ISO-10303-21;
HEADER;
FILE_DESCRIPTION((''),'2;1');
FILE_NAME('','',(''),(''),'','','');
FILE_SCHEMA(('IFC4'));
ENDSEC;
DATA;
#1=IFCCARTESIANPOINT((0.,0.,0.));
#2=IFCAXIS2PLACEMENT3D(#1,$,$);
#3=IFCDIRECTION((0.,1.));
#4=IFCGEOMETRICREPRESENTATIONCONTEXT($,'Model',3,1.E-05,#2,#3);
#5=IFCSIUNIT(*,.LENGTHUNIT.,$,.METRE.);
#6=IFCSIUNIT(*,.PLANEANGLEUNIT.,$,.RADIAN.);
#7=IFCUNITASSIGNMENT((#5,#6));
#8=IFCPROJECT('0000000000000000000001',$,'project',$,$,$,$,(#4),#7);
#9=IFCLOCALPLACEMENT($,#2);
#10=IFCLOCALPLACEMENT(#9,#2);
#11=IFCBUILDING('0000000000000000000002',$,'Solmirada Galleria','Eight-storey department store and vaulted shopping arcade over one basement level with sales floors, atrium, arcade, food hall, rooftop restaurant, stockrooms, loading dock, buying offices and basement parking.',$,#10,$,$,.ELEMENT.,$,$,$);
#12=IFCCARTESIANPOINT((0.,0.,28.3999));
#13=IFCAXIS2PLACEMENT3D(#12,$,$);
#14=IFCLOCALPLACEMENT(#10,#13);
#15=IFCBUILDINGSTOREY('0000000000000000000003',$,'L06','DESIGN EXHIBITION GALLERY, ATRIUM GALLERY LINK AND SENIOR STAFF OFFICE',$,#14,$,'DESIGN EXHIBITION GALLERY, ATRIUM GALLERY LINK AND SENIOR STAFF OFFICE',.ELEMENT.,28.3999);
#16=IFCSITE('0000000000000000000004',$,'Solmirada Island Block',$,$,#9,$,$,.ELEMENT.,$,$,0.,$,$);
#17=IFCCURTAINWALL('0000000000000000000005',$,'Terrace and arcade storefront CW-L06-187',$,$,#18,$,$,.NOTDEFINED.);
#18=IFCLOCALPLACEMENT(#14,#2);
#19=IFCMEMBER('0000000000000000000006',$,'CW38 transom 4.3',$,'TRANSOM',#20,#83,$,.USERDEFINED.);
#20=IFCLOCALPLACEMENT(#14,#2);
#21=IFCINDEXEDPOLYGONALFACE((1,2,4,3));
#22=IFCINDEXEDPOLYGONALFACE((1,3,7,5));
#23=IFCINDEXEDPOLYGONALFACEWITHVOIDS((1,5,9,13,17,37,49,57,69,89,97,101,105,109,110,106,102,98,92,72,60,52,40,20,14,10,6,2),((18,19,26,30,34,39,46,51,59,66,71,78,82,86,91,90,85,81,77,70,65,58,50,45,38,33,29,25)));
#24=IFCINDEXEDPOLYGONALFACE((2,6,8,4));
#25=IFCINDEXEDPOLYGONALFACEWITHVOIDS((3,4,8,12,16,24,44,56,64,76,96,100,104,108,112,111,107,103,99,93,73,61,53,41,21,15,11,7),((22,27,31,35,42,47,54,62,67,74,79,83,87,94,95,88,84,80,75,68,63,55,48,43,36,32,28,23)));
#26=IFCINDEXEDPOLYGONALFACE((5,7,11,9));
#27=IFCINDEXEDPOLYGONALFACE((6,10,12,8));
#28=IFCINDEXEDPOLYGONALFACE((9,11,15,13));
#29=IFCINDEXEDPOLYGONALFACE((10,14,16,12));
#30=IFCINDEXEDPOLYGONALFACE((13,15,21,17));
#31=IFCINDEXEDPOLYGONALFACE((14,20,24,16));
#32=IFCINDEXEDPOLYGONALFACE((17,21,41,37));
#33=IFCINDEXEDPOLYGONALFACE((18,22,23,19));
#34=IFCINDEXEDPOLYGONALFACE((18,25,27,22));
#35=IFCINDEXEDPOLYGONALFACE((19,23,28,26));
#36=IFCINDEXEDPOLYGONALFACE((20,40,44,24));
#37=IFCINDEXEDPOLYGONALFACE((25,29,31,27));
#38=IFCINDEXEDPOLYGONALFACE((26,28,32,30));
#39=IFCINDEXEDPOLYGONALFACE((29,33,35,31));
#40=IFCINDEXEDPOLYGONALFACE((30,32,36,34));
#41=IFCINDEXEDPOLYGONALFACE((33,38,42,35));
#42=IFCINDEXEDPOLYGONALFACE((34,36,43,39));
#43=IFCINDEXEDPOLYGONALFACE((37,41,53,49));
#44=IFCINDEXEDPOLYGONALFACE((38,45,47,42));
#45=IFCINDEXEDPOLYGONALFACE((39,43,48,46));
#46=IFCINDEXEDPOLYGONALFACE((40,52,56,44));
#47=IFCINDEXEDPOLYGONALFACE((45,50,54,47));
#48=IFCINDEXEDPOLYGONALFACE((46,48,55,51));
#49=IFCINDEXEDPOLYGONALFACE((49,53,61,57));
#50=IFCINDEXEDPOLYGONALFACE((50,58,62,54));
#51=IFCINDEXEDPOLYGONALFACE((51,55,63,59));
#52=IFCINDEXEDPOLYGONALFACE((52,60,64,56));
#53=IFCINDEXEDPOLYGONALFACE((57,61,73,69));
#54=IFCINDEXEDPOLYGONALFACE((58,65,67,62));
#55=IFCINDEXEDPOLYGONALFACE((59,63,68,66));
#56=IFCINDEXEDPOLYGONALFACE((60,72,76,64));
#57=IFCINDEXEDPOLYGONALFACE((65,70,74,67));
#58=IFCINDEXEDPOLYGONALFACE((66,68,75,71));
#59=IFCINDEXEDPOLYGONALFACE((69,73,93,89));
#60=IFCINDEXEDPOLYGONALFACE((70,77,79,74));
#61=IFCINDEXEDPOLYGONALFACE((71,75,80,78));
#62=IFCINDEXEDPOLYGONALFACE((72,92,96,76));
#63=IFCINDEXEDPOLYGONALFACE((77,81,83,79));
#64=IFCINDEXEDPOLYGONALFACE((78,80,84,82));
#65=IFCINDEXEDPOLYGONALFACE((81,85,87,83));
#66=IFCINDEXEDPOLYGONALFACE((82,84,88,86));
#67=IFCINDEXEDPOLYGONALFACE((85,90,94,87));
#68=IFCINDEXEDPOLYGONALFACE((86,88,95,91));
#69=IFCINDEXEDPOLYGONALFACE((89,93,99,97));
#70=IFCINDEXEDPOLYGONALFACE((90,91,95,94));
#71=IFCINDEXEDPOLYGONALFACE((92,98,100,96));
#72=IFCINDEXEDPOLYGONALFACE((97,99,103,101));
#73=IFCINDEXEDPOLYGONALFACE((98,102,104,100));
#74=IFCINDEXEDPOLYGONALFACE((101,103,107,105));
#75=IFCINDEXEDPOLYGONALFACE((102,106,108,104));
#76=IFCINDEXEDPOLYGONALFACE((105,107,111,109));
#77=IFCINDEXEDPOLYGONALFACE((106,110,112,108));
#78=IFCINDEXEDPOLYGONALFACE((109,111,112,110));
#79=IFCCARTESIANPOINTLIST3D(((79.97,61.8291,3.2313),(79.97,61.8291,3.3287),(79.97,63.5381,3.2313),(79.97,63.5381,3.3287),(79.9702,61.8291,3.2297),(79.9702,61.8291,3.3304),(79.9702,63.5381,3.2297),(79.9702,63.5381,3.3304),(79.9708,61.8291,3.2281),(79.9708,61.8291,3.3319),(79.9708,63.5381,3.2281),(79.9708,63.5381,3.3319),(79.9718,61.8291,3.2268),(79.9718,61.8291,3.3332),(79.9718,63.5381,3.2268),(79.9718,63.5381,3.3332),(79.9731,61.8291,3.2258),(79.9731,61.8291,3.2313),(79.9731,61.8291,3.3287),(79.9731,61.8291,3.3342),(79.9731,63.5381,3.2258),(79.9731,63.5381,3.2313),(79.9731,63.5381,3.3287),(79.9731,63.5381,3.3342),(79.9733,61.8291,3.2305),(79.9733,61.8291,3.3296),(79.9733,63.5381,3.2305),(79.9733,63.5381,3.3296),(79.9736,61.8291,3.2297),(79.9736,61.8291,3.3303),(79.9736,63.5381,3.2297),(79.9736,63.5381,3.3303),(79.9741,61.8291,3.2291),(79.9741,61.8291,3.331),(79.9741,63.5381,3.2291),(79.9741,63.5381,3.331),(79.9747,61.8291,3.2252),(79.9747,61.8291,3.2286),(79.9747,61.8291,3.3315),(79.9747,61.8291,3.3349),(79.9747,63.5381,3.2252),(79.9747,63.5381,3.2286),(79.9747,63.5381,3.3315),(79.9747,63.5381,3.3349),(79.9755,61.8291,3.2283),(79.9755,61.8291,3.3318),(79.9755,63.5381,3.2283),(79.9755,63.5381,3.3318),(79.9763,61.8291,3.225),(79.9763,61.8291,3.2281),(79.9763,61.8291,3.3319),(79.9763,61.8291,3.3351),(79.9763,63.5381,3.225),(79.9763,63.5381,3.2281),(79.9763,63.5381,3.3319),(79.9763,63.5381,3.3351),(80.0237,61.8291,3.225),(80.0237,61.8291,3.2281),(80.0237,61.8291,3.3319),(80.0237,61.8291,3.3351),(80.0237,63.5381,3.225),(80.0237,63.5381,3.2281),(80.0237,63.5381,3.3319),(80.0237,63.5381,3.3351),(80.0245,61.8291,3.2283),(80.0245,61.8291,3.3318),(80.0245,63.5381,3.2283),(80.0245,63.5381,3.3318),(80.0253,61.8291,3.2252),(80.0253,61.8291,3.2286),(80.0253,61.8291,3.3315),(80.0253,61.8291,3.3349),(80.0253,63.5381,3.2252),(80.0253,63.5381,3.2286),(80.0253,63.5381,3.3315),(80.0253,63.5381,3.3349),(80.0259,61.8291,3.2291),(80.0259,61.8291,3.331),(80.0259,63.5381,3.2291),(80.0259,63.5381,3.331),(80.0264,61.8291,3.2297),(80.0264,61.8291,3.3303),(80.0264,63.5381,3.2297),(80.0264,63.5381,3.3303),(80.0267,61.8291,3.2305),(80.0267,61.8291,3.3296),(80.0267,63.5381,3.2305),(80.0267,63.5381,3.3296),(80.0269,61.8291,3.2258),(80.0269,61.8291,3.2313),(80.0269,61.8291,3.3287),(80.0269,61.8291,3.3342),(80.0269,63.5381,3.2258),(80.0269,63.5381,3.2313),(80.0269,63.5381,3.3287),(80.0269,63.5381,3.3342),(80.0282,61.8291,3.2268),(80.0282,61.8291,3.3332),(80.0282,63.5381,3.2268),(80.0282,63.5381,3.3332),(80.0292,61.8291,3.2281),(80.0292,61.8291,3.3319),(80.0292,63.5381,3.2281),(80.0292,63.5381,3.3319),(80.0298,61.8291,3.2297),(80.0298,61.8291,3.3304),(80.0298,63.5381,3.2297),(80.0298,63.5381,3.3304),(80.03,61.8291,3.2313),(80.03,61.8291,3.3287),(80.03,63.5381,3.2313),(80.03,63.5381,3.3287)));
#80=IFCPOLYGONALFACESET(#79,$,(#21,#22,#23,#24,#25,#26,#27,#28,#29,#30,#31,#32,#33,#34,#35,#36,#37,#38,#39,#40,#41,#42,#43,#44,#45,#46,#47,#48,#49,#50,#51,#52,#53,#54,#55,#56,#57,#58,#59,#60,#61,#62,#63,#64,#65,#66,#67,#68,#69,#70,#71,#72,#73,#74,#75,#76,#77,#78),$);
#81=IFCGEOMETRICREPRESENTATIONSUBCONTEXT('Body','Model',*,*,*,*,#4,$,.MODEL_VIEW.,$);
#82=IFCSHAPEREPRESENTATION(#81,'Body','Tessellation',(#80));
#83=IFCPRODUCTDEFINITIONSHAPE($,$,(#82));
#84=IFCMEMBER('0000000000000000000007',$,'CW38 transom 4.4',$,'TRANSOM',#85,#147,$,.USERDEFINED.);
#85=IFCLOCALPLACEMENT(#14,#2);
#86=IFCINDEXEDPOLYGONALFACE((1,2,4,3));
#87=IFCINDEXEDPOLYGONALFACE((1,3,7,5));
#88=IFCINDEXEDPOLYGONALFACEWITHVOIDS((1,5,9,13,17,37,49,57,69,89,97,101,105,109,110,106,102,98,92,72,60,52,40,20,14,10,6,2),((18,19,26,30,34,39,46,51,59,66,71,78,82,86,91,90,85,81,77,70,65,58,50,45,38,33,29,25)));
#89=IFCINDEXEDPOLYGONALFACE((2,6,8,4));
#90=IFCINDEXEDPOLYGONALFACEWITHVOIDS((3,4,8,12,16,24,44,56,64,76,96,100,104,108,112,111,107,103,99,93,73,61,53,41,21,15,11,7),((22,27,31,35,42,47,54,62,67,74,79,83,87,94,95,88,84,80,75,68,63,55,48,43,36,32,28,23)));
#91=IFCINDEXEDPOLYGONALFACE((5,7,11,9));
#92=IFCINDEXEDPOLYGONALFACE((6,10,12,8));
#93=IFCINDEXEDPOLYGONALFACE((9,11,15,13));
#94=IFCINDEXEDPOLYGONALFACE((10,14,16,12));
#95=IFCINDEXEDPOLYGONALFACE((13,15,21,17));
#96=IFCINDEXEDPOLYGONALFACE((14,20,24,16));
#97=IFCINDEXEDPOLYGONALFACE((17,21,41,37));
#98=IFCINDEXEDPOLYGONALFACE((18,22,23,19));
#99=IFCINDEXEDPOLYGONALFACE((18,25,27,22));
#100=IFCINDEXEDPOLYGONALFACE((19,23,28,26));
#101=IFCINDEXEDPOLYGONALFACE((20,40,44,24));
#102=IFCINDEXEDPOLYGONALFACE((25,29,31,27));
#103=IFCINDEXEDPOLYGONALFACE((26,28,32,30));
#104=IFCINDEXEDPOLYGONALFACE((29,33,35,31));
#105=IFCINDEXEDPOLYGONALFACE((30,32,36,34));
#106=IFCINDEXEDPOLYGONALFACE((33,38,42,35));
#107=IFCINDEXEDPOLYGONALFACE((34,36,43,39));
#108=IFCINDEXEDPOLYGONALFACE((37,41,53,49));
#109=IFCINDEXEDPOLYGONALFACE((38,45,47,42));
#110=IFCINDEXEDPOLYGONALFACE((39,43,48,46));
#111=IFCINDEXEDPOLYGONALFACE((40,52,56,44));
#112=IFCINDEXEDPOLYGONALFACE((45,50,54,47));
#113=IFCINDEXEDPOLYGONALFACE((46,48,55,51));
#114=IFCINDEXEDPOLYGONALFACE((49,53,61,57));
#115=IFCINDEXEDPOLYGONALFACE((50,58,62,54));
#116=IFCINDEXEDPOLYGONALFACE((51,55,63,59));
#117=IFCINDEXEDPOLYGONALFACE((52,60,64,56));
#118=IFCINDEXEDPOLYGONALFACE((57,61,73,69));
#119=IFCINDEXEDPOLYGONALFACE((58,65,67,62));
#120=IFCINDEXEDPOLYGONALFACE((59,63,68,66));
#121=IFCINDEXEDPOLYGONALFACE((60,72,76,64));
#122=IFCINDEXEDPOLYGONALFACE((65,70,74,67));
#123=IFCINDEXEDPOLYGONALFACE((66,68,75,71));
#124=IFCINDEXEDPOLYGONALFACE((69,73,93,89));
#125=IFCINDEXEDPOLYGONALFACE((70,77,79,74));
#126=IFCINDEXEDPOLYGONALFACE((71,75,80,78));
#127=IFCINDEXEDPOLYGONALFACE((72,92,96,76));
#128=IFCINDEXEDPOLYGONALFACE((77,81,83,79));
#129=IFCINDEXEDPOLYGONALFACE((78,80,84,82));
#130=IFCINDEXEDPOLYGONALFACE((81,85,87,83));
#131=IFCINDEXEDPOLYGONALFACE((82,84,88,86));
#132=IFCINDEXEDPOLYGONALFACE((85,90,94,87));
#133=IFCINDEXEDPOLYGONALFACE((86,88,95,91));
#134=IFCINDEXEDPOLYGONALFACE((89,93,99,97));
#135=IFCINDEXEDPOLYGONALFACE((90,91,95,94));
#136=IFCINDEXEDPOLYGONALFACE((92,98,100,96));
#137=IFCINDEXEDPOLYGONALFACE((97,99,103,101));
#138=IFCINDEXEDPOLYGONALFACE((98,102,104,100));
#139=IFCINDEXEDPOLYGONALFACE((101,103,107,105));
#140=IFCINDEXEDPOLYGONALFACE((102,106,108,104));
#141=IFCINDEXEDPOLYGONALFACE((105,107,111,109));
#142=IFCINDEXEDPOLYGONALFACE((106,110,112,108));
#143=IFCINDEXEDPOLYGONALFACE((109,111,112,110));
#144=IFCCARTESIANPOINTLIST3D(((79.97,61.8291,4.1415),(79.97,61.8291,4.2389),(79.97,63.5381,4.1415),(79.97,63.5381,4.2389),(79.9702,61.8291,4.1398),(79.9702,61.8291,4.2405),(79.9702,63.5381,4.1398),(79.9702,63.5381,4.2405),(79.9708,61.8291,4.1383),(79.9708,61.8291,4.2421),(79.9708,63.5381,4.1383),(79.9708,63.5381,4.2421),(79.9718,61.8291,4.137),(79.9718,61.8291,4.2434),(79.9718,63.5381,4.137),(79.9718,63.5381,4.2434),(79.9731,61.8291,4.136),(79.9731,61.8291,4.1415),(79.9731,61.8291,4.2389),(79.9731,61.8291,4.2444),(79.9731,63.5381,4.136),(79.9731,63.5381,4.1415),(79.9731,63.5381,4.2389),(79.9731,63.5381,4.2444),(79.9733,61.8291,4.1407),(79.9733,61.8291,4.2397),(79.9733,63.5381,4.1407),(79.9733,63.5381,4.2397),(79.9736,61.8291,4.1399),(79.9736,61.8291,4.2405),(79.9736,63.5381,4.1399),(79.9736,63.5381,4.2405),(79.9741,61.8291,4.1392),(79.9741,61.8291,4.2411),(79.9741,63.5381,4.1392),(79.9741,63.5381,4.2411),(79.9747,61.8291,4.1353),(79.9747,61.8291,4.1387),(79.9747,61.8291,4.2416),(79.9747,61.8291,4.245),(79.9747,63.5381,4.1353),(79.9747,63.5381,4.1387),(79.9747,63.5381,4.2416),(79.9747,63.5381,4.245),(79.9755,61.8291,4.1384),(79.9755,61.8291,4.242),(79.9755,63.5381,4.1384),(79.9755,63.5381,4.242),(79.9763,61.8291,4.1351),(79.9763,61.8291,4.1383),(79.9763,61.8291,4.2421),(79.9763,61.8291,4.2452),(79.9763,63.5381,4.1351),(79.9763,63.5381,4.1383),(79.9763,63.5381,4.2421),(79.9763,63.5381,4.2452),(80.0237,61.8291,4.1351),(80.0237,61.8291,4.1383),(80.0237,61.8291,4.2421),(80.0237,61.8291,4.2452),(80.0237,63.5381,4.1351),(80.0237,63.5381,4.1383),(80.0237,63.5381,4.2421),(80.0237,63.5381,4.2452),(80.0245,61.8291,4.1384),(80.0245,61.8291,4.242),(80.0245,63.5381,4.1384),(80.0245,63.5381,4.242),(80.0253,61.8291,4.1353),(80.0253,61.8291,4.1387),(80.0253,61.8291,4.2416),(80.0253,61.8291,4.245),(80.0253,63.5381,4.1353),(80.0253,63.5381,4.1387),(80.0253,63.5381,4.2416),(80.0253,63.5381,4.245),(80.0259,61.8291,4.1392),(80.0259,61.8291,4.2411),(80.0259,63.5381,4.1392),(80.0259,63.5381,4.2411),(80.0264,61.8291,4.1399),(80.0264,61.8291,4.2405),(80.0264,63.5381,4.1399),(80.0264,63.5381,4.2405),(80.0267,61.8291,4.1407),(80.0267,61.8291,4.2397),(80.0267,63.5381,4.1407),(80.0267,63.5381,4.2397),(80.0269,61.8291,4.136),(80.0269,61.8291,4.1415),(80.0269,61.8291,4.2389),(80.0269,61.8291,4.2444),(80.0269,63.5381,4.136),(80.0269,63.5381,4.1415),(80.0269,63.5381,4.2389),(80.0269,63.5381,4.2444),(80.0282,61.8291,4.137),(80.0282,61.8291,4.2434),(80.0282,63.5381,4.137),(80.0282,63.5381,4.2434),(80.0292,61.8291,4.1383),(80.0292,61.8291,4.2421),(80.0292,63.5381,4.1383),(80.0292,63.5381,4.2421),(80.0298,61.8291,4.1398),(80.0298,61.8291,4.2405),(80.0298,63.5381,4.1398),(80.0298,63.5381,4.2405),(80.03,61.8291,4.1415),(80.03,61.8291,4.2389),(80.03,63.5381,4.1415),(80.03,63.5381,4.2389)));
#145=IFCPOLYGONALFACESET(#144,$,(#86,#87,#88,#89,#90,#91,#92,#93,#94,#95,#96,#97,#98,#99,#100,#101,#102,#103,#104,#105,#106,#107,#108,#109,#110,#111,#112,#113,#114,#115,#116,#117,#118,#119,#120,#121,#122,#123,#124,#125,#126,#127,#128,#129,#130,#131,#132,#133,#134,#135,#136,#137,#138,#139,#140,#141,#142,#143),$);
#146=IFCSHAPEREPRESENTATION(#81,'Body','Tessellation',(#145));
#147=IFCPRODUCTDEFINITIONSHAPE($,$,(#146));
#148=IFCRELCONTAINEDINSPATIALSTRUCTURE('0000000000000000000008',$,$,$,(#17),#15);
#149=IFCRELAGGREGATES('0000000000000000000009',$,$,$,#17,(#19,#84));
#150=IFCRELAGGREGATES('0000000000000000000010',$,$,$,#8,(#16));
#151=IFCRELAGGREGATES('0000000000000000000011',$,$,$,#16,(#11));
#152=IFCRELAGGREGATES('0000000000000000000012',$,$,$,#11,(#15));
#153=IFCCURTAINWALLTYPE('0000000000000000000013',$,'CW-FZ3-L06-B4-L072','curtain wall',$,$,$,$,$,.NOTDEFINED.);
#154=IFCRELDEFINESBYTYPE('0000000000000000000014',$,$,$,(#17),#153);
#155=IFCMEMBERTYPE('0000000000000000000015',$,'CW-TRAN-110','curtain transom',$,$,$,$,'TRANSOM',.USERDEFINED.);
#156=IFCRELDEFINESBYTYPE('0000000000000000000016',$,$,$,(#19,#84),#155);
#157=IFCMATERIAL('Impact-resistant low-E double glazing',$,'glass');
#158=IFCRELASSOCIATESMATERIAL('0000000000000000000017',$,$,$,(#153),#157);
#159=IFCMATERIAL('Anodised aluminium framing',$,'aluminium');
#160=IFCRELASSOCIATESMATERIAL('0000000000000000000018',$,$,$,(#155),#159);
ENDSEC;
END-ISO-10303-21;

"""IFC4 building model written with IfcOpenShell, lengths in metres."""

from ifc_helpers import new_model, si_unit, direction, frame, origin, origin_2d, place, context, subcontext, project, spatial, hollow_rectangle, extrude, material, material_profile, profile_set, type_object, element, aggregate, save


model = new_model("IFC4")

# Units and contexts
model_context = context("Model", 3, precision=1e-05, world=origin(), true_north=direction((0.0, 1.0)))
body_context = subcontext(model_context, "Body", "Model", "MODEL_VIEW")
ifc_project = project(units=[si_unit("LENGTHUNIT", "METRE"), si_unit("PLANEANGLEUNIT", "RADIAN")], contexts=[model_context])

# Site, building, storey
site_placement = place(None, origin())
site = spatial("IfcSite", under=ifc_project, at=site_placement, Name="Solmirada Island Block", CompositionType="ELEMENT", RefElevation=0.0)
building_placement = place(site_placement, origin())
building = spatial("IfcBuilding", under=site, at=building_placement, Name="Solmirada Galleria", Description="Eight-storey department store and vaulted shopping arcade over one basement level with sales floors, atrium, arcade, food hall, rooftop restaurant, stockrooms, loading dock, buying offices and basement parking.", CompositionType="ELEMENT")
storey_placement = place(building_placement, frame((0.0, 0.0, 28.3999)))
storey = spatial("IfcBuildingStorey", under=building, at=storey_placement, Name="L06", Description="DESIGN EXHIBITION GALLERY, ATRIUM GALLERY LINK AND SENIOR STAFF OFFICE", LongName="DESIGN EXHIBITION GALLERY, ATRIUM GALLERY LINK AND SENIOR STAFF OFFICE", CompositionType="ELEMENT", Elevation=28.3999)

# Curtain wall
ifc_material_1 = material(Name="Impact-resistant low-E double glazing", Category="glass")
curtain_wall_type = type_object("IfcCurtainWallType", Name="CW-FZ3-L06-B4-L072", Description="curtain wall", PredefinedType="NOTDEFINED", material=ifc_material_1)
curtain_wall_1_placement = place(storey_placement, origin())
curtain_wall_1 = element("IfcCurtainWall", 1, at=curtain_wall_1_placement, inside=storey, type_object=curtain_wall_type, Name="Terrace and arcade storefront CW-L06-187", PredefinedType="NOTDEFINED")
ifc_material_2 = material(Name="Anodised aluminium framing", Category="aluminium")

# Members
ifc_material_profile_1 = material_profile(ifc_material_2, hollow_rectangle(XDim=0.0601, YDim=0.1101, WallThickness=0.0032, InnerFilletRadius=0.0032, OuterFilletRadius=0.0063, at=origin_2d()), Name="ALU-TRAN-110X60")
ifc_profile_set_1 = profile_set([ifc_material_profile_1], Name="Anodised aluminium framing")
member_type_1 = type_object("IfcMemberType", Name="CW-TRAN-110", Description="curtain transom", ElementType="TRANSOM", PredefinedType="USERDEFINED", material=ifc_profile_set_1)
member_1_placement = place(storey_placement, frame((80.0, 61.8291, 3.28), z_axis=(0.0, 1.0, 0.0), x_axis=(-1.0, 0.0, 0.0)))
member_1 = element("IfcMember", 2, at=member_1_placement, type_object=member_type_1, Name="CW38 transom 4.3", ObjectType="TRANSOM", PredefinedType="USERDEFINED", context=body_context, shape_type="SweptSolid", body=[
    extrude(hollow_rectangle(XDim=0.0601, YDim=0.1101, WallThickness=0.0032, InnerFilletRadius=0.0032, OuterFilletRadius=0.0063, at=origin_2d()), origin(), (0.0, 0.0, 1.0), 1.709),
])
member_2_placement = place(storey_placement, frame((80.0, 61.8291, 4.1902), z_axis=(0.0, 1.0, 0.0), x_axis=(-1.0, 0.0, 0.0)))
member_2 = element("IfcMember", 3, at=member_2_placement, type_object=member_type_1, Name="CW38 transom 4.4", ObjectType="TRANSOM", PredefinedType="USERDEFINED", context=body_context, shape_type="SweptSolid", body=[
    extrude(hollow_rectangle(XDim=0.0601, YDim=0.1101, WallThickness=0.0032, InnerFilletRadius=0.0032, OuterFilletRadius=0.0063, at=origin_2d()), origin(), (0.0, 0.0, 1.0), 1.709),
])

aggregate(curtain_wall_1, [member_1, member_2])

save(model, "model.ifc")
